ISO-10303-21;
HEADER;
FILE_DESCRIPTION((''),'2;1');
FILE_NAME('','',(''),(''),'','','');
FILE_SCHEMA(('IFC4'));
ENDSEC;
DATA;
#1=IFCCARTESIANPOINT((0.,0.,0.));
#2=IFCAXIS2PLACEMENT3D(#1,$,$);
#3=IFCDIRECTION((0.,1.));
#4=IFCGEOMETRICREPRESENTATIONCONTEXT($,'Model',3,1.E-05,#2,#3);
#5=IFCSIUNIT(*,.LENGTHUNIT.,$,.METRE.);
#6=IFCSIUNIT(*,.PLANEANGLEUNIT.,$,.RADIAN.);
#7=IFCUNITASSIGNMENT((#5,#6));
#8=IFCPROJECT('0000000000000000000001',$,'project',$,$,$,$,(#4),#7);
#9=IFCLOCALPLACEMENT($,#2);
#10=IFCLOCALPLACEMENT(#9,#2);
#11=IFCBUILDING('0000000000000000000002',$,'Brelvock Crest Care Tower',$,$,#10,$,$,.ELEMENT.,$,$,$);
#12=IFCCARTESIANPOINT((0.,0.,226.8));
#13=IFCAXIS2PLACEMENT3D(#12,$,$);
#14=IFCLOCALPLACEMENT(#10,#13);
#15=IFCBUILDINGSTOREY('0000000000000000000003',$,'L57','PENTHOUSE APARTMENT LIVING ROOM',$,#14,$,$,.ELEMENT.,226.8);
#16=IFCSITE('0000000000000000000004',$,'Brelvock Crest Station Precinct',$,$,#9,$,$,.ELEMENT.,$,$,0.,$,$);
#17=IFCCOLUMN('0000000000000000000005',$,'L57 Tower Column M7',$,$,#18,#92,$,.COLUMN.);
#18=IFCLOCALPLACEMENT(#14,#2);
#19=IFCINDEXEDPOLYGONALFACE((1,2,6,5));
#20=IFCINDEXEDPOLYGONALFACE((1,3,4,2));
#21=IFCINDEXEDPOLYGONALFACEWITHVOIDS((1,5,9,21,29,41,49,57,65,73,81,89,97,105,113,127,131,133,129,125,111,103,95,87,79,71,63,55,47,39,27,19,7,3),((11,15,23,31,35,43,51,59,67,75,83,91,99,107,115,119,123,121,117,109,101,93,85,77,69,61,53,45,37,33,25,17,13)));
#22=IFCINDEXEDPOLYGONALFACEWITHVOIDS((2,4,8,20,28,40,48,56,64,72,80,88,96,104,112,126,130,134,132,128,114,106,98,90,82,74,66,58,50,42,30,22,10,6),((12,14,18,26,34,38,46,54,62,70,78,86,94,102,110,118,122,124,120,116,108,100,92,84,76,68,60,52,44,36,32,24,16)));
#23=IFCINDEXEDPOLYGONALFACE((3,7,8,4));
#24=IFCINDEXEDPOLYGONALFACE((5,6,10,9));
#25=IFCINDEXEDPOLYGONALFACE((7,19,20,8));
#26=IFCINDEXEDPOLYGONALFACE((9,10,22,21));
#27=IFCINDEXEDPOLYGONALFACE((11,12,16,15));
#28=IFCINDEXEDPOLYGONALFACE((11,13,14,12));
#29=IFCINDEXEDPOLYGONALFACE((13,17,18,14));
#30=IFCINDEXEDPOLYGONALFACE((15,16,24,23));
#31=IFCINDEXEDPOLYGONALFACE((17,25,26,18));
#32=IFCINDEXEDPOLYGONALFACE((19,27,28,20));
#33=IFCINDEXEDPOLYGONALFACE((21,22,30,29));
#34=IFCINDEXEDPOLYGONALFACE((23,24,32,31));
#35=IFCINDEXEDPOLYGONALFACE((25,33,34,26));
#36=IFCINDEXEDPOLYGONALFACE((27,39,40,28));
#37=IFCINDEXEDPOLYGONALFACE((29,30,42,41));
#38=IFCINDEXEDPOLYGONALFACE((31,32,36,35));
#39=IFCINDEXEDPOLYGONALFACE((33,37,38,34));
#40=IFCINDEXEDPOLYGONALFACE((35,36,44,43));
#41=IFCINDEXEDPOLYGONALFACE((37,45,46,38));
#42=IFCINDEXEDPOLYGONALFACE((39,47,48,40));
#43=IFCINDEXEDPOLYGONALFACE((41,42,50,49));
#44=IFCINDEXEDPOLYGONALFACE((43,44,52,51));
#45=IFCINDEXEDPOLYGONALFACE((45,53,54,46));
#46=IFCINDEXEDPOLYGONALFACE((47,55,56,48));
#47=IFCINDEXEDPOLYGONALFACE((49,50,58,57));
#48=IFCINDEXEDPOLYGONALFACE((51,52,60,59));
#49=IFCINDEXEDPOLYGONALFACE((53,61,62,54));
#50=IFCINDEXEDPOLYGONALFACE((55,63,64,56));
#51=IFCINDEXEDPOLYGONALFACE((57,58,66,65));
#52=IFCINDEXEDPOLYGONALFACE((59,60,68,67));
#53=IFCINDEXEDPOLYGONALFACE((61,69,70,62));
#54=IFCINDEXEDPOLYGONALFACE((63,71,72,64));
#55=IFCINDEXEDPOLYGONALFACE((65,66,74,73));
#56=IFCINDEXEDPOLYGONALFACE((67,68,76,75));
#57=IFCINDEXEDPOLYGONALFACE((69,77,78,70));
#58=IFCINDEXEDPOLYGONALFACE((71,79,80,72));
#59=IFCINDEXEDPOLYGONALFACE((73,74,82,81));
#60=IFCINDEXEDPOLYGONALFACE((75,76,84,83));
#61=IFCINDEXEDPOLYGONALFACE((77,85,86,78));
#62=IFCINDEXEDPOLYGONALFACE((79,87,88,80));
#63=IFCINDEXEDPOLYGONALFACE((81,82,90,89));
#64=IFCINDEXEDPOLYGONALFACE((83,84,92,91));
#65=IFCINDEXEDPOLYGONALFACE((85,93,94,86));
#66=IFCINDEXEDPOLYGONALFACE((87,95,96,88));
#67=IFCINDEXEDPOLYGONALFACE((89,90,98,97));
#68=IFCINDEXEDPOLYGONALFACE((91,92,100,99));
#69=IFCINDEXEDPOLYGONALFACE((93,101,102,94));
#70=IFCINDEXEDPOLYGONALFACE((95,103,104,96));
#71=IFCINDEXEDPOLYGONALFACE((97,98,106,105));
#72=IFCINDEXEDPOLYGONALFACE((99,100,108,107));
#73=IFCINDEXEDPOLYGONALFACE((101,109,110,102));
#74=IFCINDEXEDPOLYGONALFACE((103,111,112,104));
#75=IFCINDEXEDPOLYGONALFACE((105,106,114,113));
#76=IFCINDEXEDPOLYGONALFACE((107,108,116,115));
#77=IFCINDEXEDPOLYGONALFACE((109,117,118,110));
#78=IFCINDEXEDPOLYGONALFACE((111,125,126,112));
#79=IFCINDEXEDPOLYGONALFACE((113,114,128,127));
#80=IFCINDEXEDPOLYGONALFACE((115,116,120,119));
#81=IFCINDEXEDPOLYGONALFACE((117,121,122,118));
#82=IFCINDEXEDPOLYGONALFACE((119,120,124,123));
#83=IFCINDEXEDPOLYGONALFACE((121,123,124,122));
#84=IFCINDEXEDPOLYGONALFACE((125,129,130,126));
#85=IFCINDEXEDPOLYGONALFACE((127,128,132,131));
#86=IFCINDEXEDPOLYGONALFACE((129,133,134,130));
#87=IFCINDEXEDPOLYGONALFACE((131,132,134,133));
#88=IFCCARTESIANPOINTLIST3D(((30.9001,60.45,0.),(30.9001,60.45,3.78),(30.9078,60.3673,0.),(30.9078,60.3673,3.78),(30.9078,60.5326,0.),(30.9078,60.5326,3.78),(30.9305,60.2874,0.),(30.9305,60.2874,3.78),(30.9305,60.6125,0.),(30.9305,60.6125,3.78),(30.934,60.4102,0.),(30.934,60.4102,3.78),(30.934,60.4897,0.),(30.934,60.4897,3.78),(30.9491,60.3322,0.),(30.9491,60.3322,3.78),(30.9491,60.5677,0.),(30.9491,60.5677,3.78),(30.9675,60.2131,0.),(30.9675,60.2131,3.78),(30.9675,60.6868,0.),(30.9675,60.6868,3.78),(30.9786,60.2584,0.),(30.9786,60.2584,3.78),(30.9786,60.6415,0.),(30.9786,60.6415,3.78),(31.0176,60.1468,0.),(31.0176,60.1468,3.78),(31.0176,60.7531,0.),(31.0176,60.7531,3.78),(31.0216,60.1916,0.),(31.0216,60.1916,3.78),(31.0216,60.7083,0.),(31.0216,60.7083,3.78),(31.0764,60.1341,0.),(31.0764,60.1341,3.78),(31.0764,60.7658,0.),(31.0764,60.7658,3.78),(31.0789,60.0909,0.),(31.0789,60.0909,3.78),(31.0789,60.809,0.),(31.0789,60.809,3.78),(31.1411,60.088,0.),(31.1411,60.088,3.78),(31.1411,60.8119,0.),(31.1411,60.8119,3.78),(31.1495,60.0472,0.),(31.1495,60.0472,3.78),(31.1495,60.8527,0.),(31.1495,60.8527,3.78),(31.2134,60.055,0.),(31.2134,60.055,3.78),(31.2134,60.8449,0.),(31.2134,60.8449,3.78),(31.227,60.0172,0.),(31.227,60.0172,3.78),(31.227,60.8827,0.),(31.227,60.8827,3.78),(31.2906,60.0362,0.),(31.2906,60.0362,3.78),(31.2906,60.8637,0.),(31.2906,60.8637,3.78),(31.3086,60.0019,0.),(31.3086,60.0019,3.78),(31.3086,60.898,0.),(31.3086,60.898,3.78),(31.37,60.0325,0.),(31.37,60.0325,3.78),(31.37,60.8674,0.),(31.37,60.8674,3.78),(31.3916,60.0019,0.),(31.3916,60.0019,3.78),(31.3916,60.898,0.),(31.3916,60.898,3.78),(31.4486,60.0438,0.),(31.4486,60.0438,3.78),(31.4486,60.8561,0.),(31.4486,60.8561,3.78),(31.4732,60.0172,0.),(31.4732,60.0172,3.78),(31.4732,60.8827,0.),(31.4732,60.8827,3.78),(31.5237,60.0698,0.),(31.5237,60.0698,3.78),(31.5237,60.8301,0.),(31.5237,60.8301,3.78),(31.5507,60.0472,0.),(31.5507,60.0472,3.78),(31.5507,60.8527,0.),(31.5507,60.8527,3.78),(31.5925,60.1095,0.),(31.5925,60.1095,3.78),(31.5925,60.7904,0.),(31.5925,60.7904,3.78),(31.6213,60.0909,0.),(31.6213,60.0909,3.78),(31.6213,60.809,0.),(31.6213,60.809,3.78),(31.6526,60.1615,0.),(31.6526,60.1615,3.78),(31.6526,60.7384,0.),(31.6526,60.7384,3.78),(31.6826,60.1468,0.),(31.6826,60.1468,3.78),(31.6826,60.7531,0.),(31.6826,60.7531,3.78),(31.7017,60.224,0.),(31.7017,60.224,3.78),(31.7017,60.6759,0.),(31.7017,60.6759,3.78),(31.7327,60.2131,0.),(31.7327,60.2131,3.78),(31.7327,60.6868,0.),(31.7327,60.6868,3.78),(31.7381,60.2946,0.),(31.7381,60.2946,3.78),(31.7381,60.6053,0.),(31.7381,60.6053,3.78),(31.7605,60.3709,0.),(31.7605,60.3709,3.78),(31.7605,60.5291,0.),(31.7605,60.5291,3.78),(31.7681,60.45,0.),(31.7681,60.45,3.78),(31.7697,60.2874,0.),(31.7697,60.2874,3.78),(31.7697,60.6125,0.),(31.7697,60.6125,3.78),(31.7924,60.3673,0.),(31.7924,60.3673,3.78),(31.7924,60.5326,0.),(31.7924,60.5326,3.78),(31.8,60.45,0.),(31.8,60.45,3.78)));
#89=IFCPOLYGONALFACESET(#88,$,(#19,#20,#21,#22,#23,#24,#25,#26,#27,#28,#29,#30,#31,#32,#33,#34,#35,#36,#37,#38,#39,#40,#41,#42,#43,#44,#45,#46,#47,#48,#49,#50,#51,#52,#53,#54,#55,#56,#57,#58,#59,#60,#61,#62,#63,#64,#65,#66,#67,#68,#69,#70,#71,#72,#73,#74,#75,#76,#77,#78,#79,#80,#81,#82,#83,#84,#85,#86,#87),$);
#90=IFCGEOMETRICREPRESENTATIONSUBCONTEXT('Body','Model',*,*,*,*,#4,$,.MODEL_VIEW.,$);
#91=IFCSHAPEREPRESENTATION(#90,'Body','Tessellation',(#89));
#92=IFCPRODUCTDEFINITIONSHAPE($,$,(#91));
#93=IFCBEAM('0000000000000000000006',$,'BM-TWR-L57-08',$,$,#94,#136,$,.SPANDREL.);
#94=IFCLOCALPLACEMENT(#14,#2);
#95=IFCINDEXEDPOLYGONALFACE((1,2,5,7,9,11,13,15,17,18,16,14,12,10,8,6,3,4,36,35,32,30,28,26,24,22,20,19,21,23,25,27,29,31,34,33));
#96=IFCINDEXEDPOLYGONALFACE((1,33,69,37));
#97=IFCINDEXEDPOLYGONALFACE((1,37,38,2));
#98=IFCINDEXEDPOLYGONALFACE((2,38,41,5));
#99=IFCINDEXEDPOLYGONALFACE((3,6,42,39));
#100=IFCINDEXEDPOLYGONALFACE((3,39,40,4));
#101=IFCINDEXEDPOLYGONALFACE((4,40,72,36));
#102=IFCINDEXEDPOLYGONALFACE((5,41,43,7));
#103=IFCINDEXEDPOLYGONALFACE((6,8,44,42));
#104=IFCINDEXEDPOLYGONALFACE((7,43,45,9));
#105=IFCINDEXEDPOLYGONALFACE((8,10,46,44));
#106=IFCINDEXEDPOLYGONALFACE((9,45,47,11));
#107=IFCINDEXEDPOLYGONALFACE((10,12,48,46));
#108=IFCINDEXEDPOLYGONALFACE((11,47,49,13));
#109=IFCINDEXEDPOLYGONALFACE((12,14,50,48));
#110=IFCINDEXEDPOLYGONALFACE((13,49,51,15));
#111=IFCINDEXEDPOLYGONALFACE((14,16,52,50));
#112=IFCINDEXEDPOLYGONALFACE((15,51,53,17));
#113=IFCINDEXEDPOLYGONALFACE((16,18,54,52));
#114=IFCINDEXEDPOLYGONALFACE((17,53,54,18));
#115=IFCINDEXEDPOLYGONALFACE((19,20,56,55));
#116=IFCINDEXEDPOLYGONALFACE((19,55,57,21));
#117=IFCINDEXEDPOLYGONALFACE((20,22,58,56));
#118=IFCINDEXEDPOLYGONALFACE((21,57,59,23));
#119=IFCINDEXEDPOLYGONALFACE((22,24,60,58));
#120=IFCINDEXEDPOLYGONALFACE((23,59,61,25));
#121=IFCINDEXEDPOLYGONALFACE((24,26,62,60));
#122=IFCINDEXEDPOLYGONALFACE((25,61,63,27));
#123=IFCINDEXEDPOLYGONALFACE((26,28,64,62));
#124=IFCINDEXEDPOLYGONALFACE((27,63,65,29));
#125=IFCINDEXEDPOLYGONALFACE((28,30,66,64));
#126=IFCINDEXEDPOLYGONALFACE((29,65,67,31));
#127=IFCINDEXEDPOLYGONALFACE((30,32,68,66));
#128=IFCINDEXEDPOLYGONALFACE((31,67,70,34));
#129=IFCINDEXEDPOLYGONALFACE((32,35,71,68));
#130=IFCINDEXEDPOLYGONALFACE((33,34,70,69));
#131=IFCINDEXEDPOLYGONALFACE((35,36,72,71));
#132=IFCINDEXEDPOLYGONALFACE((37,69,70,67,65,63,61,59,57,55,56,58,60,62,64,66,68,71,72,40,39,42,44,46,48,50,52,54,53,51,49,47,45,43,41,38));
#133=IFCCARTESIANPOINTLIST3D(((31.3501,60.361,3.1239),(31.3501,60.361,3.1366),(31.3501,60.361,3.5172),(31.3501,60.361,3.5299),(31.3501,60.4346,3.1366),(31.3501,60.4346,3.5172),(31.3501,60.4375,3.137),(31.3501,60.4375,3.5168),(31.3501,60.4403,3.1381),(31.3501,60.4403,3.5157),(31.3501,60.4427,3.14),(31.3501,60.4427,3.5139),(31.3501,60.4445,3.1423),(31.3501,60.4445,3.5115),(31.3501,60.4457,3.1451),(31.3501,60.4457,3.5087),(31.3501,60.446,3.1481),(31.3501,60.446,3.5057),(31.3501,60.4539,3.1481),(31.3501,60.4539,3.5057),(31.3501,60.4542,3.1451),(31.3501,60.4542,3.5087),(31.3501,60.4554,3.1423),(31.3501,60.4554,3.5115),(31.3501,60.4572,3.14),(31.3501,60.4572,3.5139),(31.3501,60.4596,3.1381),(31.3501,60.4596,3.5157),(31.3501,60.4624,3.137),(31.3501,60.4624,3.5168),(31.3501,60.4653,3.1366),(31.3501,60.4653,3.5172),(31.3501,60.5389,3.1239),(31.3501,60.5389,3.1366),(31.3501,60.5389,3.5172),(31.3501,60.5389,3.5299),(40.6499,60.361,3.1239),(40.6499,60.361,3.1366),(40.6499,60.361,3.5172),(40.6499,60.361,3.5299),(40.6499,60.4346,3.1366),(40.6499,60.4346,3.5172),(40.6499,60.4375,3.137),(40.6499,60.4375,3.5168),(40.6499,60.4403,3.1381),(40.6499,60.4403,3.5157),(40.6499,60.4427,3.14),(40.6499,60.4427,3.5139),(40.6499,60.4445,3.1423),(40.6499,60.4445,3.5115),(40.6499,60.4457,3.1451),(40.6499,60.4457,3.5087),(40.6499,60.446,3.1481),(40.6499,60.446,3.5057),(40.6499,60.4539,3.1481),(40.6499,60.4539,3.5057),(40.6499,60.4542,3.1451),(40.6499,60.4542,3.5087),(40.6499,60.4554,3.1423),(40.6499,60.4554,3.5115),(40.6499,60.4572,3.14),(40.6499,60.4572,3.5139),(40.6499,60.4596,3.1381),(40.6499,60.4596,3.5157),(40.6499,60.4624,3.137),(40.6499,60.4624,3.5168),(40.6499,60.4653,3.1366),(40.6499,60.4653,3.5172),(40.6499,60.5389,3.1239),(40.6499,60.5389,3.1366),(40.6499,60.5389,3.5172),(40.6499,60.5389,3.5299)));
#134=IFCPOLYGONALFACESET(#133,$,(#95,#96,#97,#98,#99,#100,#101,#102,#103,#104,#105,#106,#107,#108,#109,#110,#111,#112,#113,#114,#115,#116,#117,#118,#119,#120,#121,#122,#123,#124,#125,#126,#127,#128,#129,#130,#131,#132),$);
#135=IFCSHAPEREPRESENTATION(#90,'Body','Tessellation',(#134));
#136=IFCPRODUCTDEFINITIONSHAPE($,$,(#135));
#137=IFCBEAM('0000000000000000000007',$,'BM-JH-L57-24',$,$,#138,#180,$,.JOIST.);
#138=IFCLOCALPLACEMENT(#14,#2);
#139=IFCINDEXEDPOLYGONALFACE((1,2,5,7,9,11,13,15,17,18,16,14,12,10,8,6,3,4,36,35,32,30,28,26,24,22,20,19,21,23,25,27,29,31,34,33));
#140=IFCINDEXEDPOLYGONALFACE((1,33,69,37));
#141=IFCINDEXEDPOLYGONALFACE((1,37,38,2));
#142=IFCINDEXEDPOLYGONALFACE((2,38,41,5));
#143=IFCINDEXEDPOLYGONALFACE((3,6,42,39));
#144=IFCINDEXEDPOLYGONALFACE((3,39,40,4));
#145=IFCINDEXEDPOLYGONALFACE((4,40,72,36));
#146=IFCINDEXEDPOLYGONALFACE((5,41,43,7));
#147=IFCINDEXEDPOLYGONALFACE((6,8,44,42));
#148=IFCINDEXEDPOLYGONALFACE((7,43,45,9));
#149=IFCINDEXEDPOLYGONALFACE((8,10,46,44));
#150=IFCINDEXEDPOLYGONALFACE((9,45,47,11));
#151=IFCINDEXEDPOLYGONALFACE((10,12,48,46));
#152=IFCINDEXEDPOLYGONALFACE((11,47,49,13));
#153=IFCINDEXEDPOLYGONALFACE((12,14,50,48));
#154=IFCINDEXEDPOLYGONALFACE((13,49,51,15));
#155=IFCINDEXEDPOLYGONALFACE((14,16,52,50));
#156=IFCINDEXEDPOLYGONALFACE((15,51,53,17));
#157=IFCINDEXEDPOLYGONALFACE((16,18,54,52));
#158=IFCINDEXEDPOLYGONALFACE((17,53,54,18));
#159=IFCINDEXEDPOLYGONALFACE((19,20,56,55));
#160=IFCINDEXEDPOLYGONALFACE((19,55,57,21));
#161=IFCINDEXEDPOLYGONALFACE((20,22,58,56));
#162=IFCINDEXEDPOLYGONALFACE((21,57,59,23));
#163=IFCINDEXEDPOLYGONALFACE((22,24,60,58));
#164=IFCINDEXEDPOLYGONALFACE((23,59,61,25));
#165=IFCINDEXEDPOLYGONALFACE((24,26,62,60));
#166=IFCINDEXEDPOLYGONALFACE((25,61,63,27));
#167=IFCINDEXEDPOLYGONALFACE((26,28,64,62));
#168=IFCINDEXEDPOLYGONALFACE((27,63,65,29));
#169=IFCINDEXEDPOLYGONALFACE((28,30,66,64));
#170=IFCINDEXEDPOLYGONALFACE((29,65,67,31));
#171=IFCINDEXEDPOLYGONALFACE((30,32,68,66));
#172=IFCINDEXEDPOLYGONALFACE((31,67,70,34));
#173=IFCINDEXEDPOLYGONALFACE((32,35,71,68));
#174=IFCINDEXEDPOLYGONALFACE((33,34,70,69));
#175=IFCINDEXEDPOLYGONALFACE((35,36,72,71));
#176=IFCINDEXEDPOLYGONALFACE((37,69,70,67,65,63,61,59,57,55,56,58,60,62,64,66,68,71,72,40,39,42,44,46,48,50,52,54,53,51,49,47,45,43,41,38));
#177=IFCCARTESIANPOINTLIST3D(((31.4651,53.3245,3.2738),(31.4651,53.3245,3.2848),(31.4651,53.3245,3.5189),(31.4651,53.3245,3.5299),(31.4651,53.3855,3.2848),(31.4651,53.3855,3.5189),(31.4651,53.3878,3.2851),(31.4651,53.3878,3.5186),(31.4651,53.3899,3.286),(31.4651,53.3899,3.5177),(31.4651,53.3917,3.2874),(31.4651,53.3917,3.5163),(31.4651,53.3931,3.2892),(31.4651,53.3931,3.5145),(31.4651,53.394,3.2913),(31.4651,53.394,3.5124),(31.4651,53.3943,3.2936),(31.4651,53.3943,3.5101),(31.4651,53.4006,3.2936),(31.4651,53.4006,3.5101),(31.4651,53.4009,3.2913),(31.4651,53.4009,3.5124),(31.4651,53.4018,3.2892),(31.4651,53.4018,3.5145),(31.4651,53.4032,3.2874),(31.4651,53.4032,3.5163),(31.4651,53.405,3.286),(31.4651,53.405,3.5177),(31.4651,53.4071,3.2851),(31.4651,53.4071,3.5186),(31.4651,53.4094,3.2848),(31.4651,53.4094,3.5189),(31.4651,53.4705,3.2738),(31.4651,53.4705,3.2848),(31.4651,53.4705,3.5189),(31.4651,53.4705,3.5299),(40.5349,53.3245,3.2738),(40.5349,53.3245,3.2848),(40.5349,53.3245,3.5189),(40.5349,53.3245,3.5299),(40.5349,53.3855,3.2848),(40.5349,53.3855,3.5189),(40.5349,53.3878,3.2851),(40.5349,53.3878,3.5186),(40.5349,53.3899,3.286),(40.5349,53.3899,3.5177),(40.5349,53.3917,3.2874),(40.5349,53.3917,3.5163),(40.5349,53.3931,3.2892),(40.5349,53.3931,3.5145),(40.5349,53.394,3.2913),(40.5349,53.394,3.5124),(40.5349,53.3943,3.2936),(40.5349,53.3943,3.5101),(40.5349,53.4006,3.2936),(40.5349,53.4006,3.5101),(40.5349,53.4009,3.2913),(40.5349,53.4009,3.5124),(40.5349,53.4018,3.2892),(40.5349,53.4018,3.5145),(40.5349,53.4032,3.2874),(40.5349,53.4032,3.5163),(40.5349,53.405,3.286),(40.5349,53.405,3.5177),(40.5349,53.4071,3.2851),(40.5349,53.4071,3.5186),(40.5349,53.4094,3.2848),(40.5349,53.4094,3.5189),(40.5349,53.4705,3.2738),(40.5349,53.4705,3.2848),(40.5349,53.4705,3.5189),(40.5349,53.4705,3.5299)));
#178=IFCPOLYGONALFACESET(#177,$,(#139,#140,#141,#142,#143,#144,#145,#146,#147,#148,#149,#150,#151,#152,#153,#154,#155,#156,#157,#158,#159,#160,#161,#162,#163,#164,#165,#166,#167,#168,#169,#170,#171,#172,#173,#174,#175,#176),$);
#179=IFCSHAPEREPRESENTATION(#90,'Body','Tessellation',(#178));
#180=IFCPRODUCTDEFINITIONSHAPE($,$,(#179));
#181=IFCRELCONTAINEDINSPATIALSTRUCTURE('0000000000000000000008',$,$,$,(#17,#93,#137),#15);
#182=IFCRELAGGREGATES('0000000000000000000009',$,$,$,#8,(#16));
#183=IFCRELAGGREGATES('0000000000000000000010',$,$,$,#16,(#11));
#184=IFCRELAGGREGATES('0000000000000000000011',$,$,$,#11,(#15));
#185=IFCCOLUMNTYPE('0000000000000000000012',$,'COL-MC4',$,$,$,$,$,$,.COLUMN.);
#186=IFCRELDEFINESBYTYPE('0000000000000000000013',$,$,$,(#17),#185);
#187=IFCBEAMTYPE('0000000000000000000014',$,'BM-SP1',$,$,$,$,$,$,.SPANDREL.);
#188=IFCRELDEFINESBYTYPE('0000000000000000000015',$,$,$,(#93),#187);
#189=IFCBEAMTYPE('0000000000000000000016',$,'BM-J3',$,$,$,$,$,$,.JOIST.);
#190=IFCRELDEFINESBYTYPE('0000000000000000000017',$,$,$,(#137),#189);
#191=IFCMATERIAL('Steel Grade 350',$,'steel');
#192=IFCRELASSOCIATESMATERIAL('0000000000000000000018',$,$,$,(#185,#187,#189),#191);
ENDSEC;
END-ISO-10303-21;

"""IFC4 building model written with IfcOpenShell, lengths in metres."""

from ifc_helpers import new_model, si_unit, direction, frame, origin, origin_2d, place, context, subcontext, project, spatial, hollow_circle, i_section, extrude, source, transform, mapped, material, material_profile, profile_set, type_object, element, save


model = new_model("IFC4")

# Units and contexts
model_context = context("Model", 3, precision=1e-05, world=origin(), true_north=direction((0.0, 1.0)))
body_context = subcontext(model_context, "Body", "Model", "MODEL_VIEW")
ifc_project = project(units=[si_unit("LENGTHUNIT", "METRE"), si_unit("PLANEANGLEUNIT", "RADIAN")], contexts=[model_context])

# Site, building, storey
site_placement = place(None, origin())
site = spatial("IfcSite", under=ifc_project, at=site_placement, Name="Brelvock Crest Station Precinct", CompositionType="ELEMENT", RefElevation=0.0)
building_placement = place(site_placement, origin())
building = spatial("IfcBuilding", under=site, at=building_placement, Name="Brelvock Crest Care Tower", CompositionType="ELEMENT")
storey_placement = place(building_placement, frame((0.0, 0.0, 226.8)))
storey = spatial("IfcBuildingStorey", under=building, at=storey_placement, Name="L57", Description="PENTHOUSE APARTMENT LIVING ROOM", CompositionType="ELEMENT", Elevation=226.8)

# Column
ifc_material_1 = material(Name="Steel Grade 350", Category="steel")
ifc_material_profile_1 = material_profile(ifc_material_1, hollow_circle(Radius=0.45, WallThickness=0.032, at=origin_2d()), Name="CFT900x32")
ifc_profile_set_1 = profile_set([ifc_material_profile_1], Name="Steel Grade 350")
column_type = type_object("IfcColumnType", Name="COL-MC4", PredefinedType="COLUMN", material=ifc_profile_set_1)
shared_shape_1 = source(origin(), body_context, "Body", "SweptSolid", [
    extrude(hollow_circle(Radius=0.45, WallThickness=0.032, at=origin_2d()), origin(), (0.0, 0.0, 1.0), 3.78),
])
column_placement = place(storey_placement, frame((31.3501, 60.45, 0.0), z_axis=(0.0, 0.0, 1.0), x_axis=(1.0, 0.0, 0.0)))
element("IfcColumn", 1, at=column_placement, inside=storey, type_object=column_type, Name="L57 Tower Column M7", PredefinedType="COLUMN", context=body_context, shape_type="MappedRepresentation", body=[
    mapped(shared_shape_1, transform((0.0, 0.0, 0.0), x_axis=(1.0, 0.0, 0.0), y_axis=(0.0, 1.0, 0.0), z_axis=(0.0, 0.0, 1.0), scale=1.0)),
])

# Beams
ifc_material_profile_2 = material_profile(ifc_material_1, i_section(OverallWidth=0.178, OverallDepth=0.406, WebThickness=0.0078, FlangeThickness=0.0127, FilletRadius=0.0115, at=origin_2d()), Name="410UB59.7")
ifc_profile_set_2 = profile_set([ifc_material_profile_2], Name="Steel Grade 350")
beam_type_1 = type_object("IfcBeamType", Name="BM-SP1", PredefinedType="SPANDREL", material=ifc_profile_set_2)
shared_shape_2 = source(origin(), body_context, "Body", "SweptSolid", [
    extrude(i_section(OverallWidth=0.178, OverallDepth=0.406, WebThickness=0.0078, FlangeThickness=0.0127, FilletRadius=0.0115, at=origin_2d()), origin(), (0.0, 0.0, 1.0), 9.2998),
])
beam_placement = place(storey_placement, frame((31.3501, 60.45, 3.3269), z_axis=(1.0, 0.0, 0.0), x_axis=(0.0, 1.0, 0.0)))
element("IfcBeam", 2, at=beam_placement, inside=storey, type_object=beam_type_1, Name="BM-TWR-L57-08", PredefinedType="SPANDREL", context=body_context, shape_type="MappedRepresentation", body=[
    mapped(shared_shape_2, transform((0.0, 0.0, 0.0), x_axis=(1.0, 0.0, 0.0), y_axis=(0.0, 1.0, 0.0), z_axis=(0.0, 0.0, 1.0), scale=1.0)),
])
ifc_material_profile_3 = material_profile(ifc_material_1, i_section(OverallWidth=0.146, OverallDepth=0.2561, WebThickness=0.0063, FlangeThickness=0.011, FilletRadius=0.0088, at=origin_2d()), Name="250UB37.3")
ifc_profile_set_3 = profile_set([ifc_material_profile_3], Name="Steel Grade 350")
beam_type_2 = type_object("IfcBeamType", Name="BM-J3", PredefinedType="JOIST", material=ifc_profile_set_3)
shared_shape_3 = source(origin(), body_context, "Body", "SweptSolid", [
    extrude(i_section(OverallWidth=0.146, OverallDepth=0.2561, WebThickness=0.0063, FlangeThickness=0.011, FilletRadius=0.0088, at=origin_2d()), origin(), (0.0, 0.0, 1.0), 9.0698),
])
for number, where, z_axis, x_axis, name in (
    (3, (31.4651, 53.3975, 3.4019), (1.0, 0.0, 0.0), (0.0, 1.0, 0.0), "BM-JH-L57-24"),
):
    element("IfcBeam", number, at=place(storey_placement, frame(where, z_axis=z_axis, x_axis=x_axis)), inside=storey, type_object=beam_type_2, Name=name, PredefinedType="JOIST", context=body_context, shape_type="MappedRepresentation", body=[
        mapped(shared_shape_3, transform((0.0, 0.0, 0.0), x_axis=(1.0, 0.0, 0.0), y_axis=(0.0, 1.0, 0.0), z_axis=(0.0, 0.0, 1.0), scale=1.0)),
    ])

save(model, "model.ifc")
